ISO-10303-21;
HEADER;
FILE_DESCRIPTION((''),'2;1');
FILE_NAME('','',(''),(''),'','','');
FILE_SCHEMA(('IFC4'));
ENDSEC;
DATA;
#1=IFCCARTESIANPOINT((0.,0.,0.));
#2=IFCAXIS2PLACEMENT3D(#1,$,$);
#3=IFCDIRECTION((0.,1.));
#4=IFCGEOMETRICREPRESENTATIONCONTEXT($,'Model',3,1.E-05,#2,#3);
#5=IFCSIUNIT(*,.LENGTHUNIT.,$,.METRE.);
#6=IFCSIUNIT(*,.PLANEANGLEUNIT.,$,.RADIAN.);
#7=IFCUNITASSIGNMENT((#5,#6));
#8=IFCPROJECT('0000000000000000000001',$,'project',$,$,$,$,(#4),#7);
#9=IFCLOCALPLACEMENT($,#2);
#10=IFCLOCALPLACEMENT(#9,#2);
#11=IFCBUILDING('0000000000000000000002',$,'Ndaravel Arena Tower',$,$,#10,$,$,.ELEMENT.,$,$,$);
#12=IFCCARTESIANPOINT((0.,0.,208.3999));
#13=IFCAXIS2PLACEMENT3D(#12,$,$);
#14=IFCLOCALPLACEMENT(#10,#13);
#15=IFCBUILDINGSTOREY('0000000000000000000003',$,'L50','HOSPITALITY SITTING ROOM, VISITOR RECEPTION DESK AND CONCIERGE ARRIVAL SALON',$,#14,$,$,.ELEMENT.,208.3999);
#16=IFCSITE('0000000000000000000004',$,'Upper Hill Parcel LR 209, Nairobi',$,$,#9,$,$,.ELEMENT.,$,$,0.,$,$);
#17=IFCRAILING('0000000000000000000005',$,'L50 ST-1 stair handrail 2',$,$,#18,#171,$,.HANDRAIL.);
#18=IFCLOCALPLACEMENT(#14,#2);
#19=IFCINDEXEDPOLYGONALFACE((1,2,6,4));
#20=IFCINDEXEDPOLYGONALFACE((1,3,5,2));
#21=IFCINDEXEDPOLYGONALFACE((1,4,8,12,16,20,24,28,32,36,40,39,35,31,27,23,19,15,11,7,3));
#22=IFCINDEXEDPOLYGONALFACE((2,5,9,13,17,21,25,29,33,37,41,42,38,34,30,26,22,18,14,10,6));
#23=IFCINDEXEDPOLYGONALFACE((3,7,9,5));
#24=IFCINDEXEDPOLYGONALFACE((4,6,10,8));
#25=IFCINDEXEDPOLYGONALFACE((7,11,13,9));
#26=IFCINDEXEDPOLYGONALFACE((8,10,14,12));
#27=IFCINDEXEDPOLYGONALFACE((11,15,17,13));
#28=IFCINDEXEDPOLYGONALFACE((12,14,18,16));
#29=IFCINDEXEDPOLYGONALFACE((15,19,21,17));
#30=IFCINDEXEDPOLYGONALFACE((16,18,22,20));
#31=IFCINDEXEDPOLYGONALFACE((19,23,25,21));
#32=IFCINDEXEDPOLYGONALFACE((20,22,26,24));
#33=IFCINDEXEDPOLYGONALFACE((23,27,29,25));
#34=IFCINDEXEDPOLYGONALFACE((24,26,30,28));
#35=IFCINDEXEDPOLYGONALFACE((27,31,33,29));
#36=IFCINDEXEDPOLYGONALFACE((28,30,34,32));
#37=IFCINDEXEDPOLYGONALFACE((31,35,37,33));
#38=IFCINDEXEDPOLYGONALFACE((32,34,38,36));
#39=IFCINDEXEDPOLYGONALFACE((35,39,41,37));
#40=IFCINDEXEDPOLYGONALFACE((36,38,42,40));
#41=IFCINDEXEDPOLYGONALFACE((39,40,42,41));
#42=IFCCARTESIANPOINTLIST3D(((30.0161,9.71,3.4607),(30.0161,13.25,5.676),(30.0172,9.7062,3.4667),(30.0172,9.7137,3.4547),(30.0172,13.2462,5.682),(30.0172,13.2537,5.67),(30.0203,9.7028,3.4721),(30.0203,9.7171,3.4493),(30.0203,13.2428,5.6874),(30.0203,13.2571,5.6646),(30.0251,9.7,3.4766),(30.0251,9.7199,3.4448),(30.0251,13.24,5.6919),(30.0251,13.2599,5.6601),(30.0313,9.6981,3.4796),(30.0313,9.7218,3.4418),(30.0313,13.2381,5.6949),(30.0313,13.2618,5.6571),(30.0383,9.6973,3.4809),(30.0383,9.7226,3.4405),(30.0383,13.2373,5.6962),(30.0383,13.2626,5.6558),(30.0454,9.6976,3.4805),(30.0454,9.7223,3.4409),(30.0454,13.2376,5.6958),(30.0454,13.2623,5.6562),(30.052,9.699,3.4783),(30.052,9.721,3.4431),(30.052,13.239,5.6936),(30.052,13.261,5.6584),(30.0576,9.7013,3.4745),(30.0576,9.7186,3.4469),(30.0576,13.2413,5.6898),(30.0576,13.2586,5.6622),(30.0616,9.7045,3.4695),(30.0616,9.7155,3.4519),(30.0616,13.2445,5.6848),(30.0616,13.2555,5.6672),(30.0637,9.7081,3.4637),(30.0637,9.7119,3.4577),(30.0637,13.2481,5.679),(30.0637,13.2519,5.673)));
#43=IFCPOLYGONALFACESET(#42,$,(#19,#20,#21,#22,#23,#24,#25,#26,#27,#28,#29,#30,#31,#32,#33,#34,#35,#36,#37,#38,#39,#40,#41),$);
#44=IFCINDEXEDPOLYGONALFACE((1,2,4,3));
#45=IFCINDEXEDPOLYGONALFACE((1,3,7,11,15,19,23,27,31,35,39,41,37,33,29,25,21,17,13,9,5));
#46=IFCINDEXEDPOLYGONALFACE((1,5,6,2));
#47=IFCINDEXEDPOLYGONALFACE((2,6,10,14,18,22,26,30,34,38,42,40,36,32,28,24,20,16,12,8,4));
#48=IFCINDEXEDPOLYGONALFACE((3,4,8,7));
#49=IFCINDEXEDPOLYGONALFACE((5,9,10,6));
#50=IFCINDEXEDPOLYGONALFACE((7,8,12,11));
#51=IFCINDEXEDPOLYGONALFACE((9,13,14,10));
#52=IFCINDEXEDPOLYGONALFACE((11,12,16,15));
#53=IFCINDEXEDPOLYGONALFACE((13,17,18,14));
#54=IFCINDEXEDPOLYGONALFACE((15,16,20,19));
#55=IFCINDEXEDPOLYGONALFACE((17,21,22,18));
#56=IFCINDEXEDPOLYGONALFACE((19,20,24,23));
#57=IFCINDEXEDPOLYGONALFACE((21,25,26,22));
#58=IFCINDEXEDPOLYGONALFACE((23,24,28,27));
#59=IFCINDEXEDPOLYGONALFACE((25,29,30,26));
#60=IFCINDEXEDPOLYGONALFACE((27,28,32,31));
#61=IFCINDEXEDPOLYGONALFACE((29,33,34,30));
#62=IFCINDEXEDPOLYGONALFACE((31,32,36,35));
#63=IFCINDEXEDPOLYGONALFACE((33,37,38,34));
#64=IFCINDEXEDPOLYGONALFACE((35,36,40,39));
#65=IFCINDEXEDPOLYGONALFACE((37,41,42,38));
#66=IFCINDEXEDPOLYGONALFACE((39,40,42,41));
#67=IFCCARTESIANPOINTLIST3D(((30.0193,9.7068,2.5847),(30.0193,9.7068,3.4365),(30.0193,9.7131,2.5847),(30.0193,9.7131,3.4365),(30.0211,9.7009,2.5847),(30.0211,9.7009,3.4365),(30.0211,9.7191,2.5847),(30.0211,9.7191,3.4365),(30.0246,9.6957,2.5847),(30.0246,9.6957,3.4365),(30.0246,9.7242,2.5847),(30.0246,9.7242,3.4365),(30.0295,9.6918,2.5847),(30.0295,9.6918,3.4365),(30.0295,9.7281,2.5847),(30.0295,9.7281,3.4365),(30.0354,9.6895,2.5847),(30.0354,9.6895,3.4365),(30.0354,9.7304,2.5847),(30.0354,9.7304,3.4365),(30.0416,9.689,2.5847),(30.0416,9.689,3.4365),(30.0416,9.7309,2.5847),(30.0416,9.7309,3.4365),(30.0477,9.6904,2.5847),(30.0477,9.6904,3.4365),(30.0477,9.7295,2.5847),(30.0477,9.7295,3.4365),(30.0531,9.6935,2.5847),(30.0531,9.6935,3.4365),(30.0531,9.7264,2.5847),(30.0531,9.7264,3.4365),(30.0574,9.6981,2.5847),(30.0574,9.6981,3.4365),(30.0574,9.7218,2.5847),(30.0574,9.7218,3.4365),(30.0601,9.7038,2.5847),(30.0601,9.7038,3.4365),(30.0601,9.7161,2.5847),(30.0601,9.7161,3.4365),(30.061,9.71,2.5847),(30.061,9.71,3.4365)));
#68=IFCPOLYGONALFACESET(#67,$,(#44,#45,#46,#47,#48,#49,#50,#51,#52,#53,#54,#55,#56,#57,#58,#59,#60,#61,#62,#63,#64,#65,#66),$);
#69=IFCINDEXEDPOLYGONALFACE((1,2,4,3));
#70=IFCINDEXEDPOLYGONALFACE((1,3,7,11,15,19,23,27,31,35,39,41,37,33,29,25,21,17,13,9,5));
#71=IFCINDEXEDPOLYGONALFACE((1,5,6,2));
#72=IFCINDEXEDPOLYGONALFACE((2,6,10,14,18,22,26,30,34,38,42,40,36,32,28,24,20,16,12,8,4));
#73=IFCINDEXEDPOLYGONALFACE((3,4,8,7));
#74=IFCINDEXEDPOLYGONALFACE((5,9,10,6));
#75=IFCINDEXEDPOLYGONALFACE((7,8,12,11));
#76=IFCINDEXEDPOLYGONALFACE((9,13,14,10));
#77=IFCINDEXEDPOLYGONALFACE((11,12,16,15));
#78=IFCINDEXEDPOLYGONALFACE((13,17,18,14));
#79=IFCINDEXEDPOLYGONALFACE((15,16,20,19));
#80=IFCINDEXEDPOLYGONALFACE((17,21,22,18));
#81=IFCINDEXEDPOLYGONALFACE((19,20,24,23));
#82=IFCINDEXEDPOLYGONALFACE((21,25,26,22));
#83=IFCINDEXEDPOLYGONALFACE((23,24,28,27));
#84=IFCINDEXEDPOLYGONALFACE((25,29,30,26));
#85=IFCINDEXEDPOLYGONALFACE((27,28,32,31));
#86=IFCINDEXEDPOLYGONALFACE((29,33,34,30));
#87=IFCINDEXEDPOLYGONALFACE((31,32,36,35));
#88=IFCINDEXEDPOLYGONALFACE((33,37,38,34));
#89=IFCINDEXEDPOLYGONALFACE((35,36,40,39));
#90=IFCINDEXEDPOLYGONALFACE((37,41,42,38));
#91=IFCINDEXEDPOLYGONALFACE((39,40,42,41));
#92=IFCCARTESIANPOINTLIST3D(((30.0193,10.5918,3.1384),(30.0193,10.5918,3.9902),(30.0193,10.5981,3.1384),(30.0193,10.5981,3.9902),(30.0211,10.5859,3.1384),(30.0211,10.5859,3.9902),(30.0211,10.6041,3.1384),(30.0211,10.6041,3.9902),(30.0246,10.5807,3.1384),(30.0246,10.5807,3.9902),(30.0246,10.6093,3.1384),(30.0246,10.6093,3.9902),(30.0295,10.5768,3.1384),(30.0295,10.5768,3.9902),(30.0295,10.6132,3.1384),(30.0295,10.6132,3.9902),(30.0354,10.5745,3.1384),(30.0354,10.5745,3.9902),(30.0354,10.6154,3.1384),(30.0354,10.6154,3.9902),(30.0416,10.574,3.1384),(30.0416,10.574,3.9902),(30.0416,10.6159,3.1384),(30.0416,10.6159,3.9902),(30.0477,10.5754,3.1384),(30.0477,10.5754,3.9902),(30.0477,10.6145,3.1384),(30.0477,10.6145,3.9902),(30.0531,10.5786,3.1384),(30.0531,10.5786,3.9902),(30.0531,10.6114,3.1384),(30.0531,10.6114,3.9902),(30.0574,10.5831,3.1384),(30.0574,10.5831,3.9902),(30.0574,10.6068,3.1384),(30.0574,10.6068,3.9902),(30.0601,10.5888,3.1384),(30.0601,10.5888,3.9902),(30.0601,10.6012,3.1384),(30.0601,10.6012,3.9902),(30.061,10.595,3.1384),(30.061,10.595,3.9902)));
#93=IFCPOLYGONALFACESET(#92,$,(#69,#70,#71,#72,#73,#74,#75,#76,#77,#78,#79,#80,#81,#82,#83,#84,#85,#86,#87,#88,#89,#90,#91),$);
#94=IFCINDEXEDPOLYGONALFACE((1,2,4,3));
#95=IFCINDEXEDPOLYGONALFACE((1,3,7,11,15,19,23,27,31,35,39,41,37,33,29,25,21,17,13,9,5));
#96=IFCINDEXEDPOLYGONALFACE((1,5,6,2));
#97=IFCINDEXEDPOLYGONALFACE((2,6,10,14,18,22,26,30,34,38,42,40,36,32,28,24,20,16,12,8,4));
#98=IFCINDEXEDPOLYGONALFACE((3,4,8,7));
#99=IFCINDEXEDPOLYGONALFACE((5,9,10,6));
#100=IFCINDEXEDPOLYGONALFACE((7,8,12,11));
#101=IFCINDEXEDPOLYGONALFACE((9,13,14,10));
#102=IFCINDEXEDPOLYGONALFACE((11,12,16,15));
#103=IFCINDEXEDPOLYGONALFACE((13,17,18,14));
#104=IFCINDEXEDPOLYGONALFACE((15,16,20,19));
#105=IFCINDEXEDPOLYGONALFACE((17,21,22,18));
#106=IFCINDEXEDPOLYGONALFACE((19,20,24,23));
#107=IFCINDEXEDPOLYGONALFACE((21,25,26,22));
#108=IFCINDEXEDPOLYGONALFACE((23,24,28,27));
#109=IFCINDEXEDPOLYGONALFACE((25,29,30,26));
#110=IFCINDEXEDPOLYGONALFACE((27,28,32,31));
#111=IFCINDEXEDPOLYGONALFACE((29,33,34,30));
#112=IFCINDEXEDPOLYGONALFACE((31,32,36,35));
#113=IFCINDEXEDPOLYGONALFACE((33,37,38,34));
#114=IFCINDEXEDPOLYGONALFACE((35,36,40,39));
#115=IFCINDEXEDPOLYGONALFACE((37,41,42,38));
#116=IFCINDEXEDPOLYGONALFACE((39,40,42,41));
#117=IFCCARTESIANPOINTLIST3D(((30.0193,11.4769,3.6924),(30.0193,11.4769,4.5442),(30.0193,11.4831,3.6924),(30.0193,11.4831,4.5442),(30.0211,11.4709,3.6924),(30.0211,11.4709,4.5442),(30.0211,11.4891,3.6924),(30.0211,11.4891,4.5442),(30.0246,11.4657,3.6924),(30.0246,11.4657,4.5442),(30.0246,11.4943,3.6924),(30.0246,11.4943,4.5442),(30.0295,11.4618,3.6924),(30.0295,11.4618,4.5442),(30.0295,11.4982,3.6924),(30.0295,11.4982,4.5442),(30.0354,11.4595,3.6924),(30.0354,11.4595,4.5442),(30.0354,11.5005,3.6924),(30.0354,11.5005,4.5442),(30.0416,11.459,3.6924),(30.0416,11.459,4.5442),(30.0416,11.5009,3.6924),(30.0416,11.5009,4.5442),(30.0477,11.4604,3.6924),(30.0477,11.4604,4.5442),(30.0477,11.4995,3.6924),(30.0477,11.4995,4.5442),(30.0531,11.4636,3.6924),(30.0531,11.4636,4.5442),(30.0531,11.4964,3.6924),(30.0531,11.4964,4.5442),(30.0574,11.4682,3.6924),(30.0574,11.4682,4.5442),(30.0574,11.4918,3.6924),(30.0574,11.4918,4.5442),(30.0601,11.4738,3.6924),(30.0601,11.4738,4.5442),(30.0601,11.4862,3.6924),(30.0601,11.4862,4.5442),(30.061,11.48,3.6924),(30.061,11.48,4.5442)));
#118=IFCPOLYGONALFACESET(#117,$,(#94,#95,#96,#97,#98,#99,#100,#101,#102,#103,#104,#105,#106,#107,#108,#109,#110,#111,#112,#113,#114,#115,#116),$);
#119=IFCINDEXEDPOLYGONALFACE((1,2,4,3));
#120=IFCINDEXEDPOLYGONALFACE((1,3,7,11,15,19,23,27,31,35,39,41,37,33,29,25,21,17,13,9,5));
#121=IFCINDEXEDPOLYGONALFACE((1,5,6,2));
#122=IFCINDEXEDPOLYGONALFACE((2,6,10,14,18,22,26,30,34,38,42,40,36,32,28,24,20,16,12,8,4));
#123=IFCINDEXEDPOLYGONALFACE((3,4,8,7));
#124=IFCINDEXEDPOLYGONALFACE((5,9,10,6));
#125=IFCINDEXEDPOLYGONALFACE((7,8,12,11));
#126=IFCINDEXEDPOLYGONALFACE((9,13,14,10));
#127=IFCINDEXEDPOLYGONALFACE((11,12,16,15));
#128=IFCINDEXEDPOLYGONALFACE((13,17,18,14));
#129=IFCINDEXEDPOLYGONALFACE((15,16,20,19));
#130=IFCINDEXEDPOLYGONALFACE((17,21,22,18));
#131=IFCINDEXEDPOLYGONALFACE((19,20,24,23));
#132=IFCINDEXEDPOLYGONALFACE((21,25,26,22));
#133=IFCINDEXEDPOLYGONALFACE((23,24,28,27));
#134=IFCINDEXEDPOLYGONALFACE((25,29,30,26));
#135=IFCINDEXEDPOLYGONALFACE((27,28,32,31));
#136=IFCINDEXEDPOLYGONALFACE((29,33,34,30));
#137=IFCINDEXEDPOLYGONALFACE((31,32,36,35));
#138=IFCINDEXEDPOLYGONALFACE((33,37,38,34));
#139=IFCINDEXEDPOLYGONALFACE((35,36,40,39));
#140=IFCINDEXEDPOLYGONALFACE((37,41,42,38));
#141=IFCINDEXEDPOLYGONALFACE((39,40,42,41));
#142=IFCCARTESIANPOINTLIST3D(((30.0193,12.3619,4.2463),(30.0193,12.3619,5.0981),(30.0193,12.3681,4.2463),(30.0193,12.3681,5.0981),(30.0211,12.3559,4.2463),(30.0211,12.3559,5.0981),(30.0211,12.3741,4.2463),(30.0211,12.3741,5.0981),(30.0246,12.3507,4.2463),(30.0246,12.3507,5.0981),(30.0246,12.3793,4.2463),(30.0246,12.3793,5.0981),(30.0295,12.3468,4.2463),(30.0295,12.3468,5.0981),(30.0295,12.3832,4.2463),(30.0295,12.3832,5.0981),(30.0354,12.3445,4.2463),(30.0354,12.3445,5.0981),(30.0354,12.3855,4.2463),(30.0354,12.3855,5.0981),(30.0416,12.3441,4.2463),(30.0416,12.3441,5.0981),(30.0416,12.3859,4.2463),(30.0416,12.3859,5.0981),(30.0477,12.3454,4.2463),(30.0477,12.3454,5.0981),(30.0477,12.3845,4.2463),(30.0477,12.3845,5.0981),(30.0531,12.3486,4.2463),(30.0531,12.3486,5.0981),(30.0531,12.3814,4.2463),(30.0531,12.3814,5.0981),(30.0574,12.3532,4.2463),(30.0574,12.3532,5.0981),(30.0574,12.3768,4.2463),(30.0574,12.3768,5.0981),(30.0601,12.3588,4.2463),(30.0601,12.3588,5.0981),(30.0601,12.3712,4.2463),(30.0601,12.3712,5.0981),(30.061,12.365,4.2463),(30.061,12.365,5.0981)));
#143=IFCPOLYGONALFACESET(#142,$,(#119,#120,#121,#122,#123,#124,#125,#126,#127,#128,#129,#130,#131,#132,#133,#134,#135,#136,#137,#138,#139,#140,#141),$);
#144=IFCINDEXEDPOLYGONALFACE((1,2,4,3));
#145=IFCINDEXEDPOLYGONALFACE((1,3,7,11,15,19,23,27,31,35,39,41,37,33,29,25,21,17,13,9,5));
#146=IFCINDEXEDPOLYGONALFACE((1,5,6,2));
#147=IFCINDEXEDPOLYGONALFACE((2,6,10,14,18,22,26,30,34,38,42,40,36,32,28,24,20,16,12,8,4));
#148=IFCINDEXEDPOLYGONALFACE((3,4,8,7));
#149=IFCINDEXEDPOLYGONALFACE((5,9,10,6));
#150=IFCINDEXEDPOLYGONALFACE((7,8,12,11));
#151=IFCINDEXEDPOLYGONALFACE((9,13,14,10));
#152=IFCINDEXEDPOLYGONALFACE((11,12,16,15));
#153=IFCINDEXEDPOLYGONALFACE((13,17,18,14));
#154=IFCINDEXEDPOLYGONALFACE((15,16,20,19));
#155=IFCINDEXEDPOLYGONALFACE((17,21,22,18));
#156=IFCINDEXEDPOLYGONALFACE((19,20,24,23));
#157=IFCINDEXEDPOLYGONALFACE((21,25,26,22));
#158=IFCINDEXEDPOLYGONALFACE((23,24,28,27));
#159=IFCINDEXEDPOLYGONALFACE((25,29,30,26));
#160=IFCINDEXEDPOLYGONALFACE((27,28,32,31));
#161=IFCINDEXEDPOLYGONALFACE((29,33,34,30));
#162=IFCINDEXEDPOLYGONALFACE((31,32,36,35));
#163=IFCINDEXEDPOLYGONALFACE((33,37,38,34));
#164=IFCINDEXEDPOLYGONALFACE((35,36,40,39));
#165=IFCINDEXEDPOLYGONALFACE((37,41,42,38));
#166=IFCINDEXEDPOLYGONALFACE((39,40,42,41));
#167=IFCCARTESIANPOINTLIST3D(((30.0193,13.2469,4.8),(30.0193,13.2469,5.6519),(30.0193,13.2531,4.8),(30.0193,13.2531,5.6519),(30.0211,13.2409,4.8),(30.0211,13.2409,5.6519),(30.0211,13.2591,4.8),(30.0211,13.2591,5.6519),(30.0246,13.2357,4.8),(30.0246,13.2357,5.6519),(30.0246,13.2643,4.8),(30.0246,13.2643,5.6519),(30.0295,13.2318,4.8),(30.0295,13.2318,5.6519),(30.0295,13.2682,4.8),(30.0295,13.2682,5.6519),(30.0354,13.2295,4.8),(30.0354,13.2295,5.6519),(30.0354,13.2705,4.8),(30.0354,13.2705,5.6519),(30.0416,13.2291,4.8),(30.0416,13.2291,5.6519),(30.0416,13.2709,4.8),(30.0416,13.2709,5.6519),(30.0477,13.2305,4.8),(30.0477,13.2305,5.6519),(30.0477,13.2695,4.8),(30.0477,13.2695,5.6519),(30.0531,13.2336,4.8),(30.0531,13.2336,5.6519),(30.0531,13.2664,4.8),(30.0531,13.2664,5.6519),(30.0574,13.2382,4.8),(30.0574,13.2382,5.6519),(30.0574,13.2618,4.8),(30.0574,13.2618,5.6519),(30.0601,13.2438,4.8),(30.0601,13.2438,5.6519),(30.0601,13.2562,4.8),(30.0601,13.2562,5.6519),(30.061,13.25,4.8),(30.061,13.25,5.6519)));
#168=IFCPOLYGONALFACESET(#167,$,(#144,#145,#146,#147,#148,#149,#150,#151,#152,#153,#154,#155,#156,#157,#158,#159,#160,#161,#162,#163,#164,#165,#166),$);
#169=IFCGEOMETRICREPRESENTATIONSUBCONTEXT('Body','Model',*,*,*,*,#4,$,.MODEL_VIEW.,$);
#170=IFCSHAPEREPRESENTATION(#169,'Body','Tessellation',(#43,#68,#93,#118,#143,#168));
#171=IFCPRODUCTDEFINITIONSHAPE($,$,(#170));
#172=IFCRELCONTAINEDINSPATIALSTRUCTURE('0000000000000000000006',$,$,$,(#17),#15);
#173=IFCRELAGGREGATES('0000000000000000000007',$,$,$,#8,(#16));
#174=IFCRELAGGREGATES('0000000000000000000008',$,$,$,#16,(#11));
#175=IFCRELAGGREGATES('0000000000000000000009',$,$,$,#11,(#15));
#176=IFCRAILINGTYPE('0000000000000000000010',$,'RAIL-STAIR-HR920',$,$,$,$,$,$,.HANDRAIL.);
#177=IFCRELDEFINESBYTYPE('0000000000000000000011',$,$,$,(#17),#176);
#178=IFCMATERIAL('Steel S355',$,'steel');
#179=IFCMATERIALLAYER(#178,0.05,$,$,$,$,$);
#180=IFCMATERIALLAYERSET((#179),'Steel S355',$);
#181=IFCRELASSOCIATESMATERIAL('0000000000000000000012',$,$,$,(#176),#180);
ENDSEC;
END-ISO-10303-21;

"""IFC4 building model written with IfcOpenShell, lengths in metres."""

from ifc_helpers import new_model, si_unit, direction, frame, origin, origin_2d, place, context, subcontext, project, spatial, circle, extrude, material, layer, layer_set, type_object, element, save


model = new_model("IFC4")

# Units and contexts
model_context = context("Model", 3, precision=1e-05, world=origin(), true_north=direction((0.0, 1.0)))
body_context = subcontext(model_context, "Body", "Model", "MODEL_VIEW")
ifc_project = project(units=[si_unit("LENGTHUNIT", "METRE"), si_unit("PLANEANGLEUNIT", "RADIAN")], contexts=[model_context])

# Site, building, storey
site_placement = place(None, origin())
site = spatial("IfcSite", under=ifc_project, at=site_placement, Name="Upper Hill Parcel LR 209, Nairobi", CompositionType="ELEMENT", RefElevation=0.0)
building_placement = place(site_placement, origin())
building = spatial("IfcBuilding", under=site, at=building_placement, Name="Ndaravel Arena Tower", CompositionType="ELEMENT")
storey_placement = place(building_placement, frame((0.0, 0.0, 208.3999)))
storey = spatial("IfcBuildingStorey", under=building, at=storey_placement, Name="L50", Description="HOSPITALITY SITTING ROOM, VISITOR RECEPTION DESK AND CONCIERGE ARRIVAL SALON", CompositionType="ELEMENT", Elevation=208.3999)

# Railing
ifc_material_1 = material(Name="Steel S355", Category="steel")
ifc_layer_1 = layer(ifc_material_1, 0.05)
ifc_layer_set_1 = layer_set([ifc_layer_1], Name="Steel S355")
railing_type_1 = type_object("IfcRailingType", Name="RAIL-STAIR-HR920", PredefinedType="HANDRAIL", material=ifc_layer_set_1)
railing_1_placement = place(storey_placement, frame((30.04, 9.71, 2.5847)))
element("IfcRailing", 1, at=railing_1_placement, inside=storey, type_object=railing_type_1, Name="L50 ST-1 stair handrail 2", PredefinedType="HANDRAIL", context=body_context, shape_type="SweptSolid", body=[
    extrude(circle(Radius=0.0239, at=origin_2d()), frame((0.0, 0.0, 0.876), z_axis=(0.0, 0.847696, 0.530482), x_axis=(-1.0, 0.0, 0.0)), (0.0, 0.0, 1.0), 4.176),
    extrude(circle(Radius=0.021, at=origin_2d()), origin(), (0.0, 0.0, 1.0), 0.8518),
    extrude(circle(Radius=0.021, at=origin_2d()), frame((0.0, 0.885, 0.5537)), (0.0, 0.0, 1.0), 0.8518),
    extrude(circle(Radius=0.021, at=origin_2d()), frame((0.0, 1.77, 1.1077)), (0.0, 0.0, 1.0), 0.8518),
    extrude(circle(Radius=0.021, at=origin_2d()), frame((0.0, 2.655, 1.6616)), (0.0, 0.0, 1.0), 0.8518),
    extrude(circle(Radius=0.021, at=origin_2d()), frame((0.0, 3.54, 2.2153)), (0.0, 0.0, 1.0), 0.8518),
])

save(model, "model.ifc")
